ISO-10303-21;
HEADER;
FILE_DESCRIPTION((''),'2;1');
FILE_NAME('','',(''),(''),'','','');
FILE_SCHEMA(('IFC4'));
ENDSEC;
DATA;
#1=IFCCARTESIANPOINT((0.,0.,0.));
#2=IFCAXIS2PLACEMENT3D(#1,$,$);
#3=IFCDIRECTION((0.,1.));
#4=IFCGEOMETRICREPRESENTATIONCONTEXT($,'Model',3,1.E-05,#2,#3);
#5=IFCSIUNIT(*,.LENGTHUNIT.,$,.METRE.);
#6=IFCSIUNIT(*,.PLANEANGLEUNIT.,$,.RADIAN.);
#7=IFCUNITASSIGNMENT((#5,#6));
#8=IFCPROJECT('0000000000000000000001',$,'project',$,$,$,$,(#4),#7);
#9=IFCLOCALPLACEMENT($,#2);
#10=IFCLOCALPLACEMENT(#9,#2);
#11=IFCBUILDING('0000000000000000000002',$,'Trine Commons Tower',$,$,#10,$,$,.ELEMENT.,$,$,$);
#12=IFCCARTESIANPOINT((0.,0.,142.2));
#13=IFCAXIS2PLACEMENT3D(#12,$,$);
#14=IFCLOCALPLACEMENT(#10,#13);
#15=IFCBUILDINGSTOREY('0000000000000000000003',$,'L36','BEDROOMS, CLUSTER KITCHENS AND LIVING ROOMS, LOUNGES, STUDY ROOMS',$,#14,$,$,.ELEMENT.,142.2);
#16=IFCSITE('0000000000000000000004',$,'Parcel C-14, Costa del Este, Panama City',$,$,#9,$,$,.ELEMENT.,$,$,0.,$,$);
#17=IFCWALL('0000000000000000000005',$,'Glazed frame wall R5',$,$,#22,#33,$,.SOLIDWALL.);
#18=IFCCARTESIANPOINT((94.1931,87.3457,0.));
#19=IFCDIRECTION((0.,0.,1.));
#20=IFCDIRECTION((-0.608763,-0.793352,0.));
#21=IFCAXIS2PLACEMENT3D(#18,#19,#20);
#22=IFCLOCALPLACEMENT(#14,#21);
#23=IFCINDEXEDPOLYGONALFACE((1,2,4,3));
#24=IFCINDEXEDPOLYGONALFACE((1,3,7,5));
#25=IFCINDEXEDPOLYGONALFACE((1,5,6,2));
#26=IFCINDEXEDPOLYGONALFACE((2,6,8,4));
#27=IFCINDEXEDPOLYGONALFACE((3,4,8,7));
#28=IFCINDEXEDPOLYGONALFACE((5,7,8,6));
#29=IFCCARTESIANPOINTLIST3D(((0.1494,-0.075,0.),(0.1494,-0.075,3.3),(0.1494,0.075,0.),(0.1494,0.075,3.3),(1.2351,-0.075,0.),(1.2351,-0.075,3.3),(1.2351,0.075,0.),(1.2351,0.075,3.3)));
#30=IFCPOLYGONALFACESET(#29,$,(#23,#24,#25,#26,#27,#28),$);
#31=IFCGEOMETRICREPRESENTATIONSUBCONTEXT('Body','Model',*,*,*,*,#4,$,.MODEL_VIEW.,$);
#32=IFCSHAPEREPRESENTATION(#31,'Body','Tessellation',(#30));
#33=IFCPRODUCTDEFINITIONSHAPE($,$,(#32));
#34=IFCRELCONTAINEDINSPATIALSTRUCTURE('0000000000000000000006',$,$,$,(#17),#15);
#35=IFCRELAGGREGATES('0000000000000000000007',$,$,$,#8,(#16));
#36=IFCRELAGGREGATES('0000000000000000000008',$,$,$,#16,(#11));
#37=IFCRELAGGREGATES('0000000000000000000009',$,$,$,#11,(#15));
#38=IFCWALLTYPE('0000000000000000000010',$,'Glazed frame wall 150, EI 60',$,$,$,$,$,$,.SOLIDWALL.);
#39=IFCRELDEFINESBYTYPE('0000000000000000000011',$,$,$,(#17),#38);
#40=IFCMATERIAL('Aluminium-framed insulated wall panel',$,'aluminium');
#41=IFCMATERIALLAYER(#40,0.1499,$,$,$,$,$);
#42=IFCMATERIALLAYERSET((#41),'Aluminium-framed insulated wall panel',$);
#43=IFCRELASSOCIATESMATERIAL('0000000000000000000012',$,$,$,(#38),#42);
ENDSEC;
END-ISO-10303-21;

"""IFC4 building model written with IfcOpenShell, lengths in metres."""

from ifc_helpers import new_model, si_unit, direction, frame, origin, place, context, subcontext, project, spatial, polyline, outline, extrude, material, layer, layer_set, type_object, element, save


model = new_model("IFC4")

# Units and contexts
model_context = context("Model", 3, precision=1e-05, world=origin(), true_north=direction((0.0, 1.0)))
body_context = subcontext(model_context, "Body", "Model", "MODEL_VIEW")
ifc_project = project(units=[si_unit("LENGTHUNIT", "METRE"), si_unit("PLANEANGLEUNIT", "RADIAN")], contexts=[model_context])

# Site, building, storey
site_placement = place(None, origin())
site = spatial("IfcSite", under=ifc_project, at=site_placement, Name="Parcel C-14, Costa del Este, Panama City", CompositionType="ELEMENT", RefElevation=0.0)
building_placement = place(site_placement, origin())
building = spatial("IfcBuilding", under=site, at=building_placement, Name="Trine Commons Tower", CompositionType="ELEMENT")
storey_placement = place(building_placement, frame((0.0, 0.0, 142.2)))
storey = spatial("IfcBuildingStorey", under=building, at=storey_placement, Name="L36", Description="BEDROOMS, CLUSTER KITCHENS AND LIVING ROOMS, LOUNGES, STUDY ROOMS", CompositionType="ELEMENT", Elevation=142.2)

# Wall
ifc_material_1 = material(Name="Aluminium-framed insulated wall panel", Category="aluminium")
ifc_layer_1 = layer(ifc_material_1, 0.1499)
ifc_layer_set_1 = layer_set([ifc_layer_1], Name="Aluminium-framed insulated wall panel")
wall_type_1 = type_object("IfcWallType", Name="Glazed frame wall 150, EI 60", PredefinedType="SOLIDWALL", material=ifc_layer_set_1)
wall_1_placement = place(storey_placement, frame((94.1931, 87.3457, 0.0), z_axis=(0.0, 0.0, 1.0), x_axis=(-0.608763, -0.793352, 0.0)))
element("IfcWall", 1, at=wall_1_placement, inside=storey, type_object=wall_type_1, Name="Glazed frame wall R5", PredefinedType="SOLIDWALL", context=body_context, shape_type="SweptSolid", body=[
    extrude(outline(polyline([(0.1494, 0.075), (0.1494, -0.075), (1.2351, -0.075), (1.2351, 0.075), (0.1494, 0.075)])), origin(), (0.0, 0.0, 1.0), 3.3),
])

save(model, "model.ifc")
